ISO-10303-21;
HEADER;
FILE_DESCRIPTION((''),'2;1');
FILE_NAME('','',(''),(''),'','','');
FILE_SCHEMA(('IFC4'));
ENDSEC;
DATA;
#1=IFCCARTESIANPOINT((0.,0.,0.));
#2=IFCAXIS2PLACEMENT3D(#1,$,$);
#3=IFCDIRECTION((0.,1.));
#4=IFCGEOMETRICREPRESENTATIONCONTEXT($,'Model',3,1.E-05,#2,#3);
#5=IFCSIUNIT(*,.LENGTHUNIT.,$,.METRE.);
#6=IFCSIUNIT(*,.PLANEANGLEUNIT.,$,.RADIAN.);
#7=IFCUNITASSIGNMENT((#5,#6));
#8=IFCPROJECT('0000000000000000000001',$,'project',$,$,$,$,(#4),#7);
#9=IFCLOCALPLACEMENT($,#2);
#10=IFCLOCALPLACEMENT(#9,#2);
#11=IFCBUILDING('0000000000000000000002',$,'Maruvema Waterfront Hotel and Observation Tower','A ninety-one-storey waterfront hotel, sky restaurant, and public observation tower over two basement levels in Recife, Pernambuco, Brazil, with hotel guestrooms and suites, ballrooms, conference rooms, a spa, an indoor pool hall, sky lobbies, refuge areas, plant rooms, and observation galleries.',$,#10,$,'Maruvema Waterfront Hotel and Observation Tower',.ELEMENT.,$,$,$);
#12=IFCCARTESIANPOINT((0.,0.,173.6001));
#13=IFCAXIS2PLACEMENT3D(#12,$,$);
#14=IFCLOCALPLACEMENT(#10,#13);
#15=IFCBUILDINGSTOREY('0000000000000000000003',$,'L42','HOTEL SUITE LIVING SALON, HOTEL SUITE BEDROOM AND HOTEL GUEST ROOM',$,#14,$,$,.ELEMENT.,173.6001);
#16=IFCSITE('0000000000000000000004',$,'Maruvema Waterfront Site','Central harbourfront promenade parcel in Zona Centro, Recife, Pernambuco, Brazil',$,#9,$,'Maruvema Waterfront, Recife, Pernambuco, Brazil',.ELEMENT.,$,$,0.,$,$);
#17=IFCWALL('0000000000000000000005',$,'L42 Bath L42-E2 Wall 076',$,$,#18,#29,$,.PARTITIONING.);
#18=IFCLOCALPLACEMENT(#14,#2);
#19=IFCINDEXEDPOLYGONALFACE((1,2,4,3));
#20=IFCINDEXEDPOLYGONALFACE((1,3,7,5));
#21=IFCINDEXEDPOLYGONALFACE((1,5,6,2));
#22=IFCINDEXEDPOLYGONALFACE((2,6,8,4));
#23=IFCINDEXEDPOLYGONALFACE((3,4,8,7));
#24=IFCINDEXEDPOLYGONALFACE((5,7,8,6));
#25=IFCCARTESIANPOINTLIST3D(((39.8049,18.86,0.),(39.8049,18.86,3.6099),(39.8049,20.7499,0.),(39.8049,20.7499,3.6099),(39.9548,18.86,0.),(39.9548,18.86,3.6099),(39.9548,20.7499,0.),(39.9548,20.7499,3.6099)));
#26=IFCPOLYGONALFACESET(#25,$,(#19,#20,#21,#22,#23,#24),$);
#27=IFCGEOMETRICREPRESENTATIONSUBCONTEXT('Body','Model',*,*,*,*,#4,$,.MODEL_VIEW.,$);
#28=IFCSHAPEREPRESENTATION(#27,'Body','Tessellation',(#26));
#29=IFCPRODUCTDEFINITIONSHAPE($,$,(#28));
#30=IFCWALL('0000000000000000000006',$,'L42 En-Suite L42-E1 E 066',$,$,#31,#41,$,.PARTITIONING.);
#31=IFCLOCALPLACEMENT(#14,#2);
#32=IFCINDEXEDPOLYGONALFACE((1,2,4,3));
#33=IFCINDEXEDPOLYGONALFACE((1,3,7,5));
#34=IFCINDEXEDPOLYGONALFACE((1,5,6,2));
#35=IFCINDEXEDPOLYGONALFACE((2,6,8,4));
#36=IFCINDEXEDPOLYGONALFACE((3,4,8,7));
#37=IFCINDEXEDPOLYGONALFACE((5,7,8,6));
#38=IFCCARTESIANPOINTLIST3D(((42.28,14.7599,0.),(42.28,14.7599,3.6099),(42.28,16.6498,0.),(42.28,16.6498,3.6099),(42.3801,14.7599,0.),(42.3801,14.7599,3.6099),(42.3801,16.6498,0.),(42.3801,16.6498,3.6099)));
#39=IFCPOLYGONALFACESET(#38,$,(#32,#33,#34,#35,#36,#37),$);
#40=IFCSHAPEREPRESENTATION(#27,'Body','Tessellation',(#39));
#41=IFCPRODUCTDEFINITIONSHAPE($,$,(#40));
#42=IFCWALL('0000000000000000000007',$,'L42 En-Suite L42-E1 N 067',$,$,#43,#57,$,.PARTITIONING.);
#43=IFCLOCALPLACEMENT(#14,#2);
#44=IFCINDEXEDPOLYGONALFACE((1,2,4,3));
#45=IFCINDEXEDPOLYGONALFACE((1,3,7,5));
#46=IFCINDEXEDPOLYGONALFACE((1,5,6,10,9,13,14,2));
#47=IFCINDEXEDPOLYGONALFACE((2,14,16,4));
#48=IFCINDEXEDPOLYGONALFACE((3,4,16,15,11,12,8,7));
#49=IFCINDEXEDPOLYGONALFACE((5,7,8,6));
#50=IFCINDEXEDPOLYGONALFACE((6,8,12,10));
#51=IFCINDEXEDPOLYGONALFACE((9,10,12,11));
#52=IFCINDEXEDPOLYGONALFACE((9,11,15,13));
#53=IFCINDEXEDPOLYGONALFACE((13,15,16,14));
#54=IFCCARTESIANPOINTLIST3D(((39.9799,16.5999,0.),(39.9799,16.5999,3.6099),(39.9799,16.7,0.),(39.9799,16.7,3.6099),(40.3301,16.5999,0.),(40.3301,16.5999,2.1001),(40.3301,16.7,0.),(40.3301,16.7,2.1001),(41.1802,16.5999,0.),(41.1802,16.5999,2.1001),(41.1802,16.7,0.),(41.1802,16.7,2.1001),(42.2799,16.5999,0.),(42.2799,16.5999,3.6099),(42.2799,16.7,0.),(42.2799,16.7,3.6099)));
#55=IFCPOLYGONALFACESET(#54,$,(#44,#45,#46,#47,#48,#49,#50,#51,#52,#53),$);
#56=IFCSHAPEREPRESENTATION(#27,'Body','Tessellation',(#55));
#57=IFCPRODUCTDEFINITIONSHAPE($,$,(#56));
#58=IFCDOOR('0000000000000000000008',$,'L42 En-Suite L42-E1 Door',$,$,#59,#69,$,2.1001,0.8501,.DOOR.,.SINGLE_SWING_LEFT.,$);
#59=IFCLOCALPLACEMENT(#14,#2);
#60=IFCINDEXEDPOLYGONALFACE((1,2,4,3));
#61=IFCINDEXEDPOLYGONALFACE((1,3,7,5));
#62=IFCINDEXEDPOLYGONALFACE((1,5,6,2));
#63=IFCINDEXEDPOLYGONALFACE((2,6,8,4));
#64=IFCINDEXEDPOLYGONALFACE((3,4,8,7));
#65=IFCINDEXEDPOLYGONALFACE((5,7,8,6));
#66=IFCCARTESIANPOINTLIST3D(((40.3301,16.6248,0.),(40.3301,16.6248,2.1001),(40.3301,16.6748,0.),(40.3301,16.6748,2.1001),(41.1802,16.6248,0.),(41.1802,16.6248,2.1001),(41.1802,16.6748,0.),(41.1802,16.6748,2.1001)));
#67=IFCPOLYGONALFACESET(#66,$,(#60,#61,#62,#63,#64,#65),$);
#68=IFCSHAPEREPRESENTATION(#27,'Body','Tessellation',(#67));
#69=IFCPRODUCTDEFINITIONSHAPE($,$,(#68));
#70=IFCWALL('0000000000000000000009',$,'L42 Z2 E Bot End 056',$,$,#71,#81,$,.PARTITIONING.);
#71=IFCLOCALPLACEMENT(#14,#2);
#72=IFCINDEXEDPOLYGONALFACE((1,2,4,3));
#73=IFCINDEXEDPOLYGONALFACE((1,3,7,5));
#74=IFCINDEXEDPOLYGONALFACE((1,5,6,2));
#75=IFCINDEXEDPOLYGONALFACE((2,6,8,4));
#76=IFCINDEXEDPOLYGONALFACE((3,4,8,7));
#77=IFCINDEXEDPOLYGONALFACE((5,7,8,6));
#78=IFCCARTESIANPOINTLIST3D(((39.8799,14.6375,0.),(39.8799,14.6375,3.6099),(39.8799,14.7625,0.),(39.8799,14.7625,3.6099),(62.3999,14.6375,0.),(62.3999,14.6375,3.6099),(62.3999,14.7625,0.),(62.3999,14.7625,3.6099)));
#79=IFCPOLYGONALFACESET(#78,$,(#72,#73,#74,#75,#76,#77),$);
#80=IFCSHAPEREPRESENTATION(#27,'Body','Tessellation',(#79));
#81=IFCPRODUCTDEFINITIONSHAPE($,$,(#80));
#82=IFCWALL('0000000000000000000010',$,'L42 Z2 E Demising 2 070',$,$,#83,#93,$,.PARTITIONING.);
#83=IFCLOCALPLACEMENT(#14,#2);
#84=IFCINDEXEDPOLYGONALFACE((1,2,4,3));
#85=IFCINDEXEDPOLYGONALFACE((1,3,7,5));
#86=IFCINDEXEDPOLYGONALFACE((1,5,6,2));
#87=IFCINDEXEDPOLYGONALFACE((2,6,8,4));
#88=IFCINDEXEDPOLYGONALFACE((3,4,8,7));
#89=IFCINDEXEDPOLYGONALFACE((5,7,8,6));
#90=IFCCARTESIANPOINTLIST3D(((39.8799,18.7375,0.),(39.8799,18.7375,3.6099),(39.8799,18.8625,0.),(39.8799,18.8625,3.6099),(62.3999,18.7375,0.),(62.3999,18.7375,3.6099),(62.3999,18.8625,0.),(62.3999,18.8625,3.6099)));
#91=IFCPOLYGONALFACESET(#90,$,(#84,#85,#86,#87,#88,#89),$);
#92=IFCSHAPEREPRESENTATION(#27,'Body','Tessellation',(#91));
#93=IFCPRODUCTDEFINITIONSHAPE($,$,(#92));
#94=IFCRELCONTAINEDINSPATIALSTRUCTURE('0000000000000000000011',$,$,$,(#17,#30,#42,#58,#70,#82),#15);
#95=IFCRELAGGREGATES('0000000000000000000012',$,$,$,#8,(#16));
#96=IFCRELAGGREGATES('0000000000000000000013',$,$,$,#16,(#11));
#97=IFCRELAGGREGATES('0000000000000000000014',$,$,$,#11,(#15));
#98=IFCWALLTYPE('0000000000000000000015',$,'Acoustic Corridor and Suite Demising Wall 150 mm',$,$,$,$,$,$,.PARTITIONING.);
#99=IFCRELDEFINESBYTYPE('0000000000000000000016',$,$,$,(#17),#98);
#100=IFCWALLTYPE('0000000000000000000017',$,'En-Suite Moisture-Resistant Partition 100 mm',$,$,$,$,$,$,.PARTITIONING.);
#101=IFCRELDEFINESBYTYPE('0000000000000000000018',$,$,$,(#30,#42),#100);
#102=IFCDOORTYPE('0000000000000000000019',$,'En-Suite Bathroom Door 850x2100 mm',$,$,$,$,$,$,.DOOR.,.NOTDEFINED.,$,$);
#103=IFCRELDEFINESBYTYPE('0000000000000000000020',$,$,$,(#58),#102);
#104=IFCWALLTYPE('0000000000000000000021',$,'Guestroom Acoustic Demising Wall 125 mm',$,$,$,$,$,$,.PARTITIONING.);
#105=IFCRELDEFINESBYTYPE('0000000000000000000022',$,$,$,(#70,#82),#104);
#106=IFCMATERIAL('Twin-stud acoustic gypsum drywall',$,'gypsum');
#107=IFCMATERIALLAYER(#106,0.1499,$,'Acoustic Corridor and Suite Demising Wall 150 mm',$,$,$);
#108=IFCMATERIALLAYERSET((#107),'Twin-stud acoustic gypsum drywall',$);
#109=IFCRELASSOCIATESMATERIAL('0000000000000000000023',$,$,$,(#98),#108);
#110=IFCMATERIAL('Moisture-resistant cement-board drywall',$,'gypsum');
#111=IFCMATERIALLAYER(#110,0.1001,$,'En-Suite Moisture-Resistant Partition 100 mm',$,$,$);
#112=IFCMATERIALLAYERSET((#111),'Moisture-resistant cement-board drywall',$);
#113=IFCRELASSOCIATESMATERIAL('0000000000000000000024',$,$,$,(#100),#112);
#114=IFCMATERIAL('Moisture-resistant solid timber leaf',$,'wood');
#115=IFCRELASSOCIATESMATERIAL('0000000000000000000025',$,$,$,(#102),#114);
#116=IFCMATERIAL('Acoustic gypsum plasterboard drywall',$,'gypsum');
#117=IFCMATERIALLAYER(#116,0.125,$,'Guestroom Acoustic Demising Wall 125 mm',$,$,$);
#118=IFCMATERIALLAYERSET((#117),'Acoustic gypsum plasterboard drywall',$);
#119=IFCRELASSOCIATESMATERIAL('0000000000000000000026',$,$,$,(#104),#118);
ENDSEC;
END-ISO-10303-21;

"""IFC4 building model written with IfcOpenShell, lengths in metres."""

from ifc_helpers import new_model, si_unit, direction, frame, frame_2d, origin, place, context, subcontext, project, spatial, rectangle, extrude, material, layer, layer_set, type_object, element, fill, save


model = new_model("IFC4")

# Units and contexts
model_context = context("Model", 3, precision=1e-05, world=origin(), true_north=direction((0.0, 1.0)))
body_context = subcontext(model_context, "Body", "Model", "MODEL_VIEW")
ifc_project = project(units=[si_unit("LENGTHUNIT", "METRE"), si_unit("PLANEANGLEUNIT", "RADIAN")], contexts=[model_context])

# Site, building, storey
site_placement = place(None, origin())
site = spatial("IfcSite", under=ifc_project, at=site_placement, Name="Maruvema Waterfront Site", Description="Central harbourfront promenade parcel in Zona Centro, Recife, Pernambuco, Brazil", LongName="Maruvema Waterfront, Recife, Pernambuco, Brazil", CompositionType="ELEMENT", RefElevation=0.0)
building_placement = place(site_placement, origin())
building = spatial("IfcBuilding", under=site, at=building_placement, Name="Maruvema Waterfront Hotel and Observation Tower", Description="A ninety-one-storey waterfront hotel, sky restaurant, and public observation tower over two basement levels in Recife, Pernambuco, Brazil, with hotel guestrooms and suites, ballrooms, conference rooms, a spa, an indoor pool hall, sky lobbies, refuge areas, plant rooms, and observation galleries.", LongName="Maruvema Waterfront Hotel and Observation Tower", CompositionType="ELEMENT")
storey_placement = place(building_placement, frame((0.0, 0.0, 173.6001)))
storey = spatial("IfcBuildingStorey", under=building, at=storey_placement, Name="L42", Description="HOTEL SUITE LIVING SALON, HOTEL SUITE BEDROOM AND HOTEL GUEST ROOM", CompositionType="ELEMENT", Elevation=173.6001)

# Shared definitions
ifc_material_1 = material(Name="Twin-stud acoustic gypsum drywall", Category="gypsum")
ifc_layer_1 = layer(ifc_material_1, 0.1499, Name="Acoustic Corridor and Suite Demising Wall 150 mm")
ifc_layer_set_1 = layer_set([ifc_layer_1], Name="Twin-stud acoustic gypsum drywall")
wall_type_1 = type_object("IfcWallType", Name="Acoustic Corridor and Suite Demising Wall 150 mm", PredefinedType="PARTITIONING", material=ifc_layer_set_1)

# Walls
wall_1_placement = place(storey_placement, frame((39.8799, 18.8601, 0.0), z_axis=(0.0, 0.0, 1.0), x_axis=(0.0, 1.0, 0.0)))
element("IfcWall", 1, at=wall_1_placement, inside=storey, type_object=wall_type_1, Name="L42 Bath L42-E2 Wall 076", PredefinedType="PARTITIONING", context=body_context, shape_type="SweptSolid", body=[
    extrude(rectangle(XDim=1.8899, YDim=0.1499, at=frame_2d((0.9448, 0.0))), origin(), (0.0, 0.0, 1.0), 3.6099),
])
ifc_material_2 = material(Name="Moisture-resistant cement-board drywall", Category="gypsum")
ifc_layer_2 = layer(ifc_material_2, 0.1001, Name="En-Suite Moisture-Resistant Partition 100 mm")
ifc_layer_set_2 = layer_set([ifc_layer_2], Name="Moisture-resistant cement-board drywall")
wall_type_2 = type_object("IfcWallType", Name="En-Suite Moisture-Resistant Partition 100 mm", PredefinedType="PARTITIONING", material=ifc_layer_set_2)
wall_2_placement = place(storey_placement, frame((42.3301, 14.76, 0.0), z_axis=(0.0, 0.0, 1.0), x_axis=(0.0, 1.0, 0.0)))
element("IfcWall", 2, at=wall_2_placement, inside=storey, type_object=wall_type_2, Name="L42 En-Suite L42-E1 E 066", PredefinedType="PARTITIONING", context=body_context, shape_type="SweptSolid", body=[
    extrude(rectangle(XDim=1.8899, YDim=0.1001, at=frame_2d((0.9448, 0.0))), origin(), (0.0, 0.0, 1.0), 3.6099),
])

# Wall, opening, door
wall_3_placement = place(storey_placement, frame((39.98, 16.6499, 0.0), z_axis=(0.0, 0.0, 1.0), x_axis=(1.0, 0.0, 0.0)))
wall_3 = element("IfcWall", 3, at=wall_3_placement, inside=storey, type_object=wall_type_2, Name="L42 En-Suite L42-E1 N 067", PredefinedType="PARTITIONING", context=body_context, shape_type="SweptSolid", body=[
    extrude(rectangle(XDim=2.3, YDim=0.1001, at=frame_2d((1.1499, 0.0))), origin(), (0.0, 0.0, 1.0), 3.6099),
])
opening_1_placement = place(wall_3_placement, frame((0.3501, 0.0, 0.0)))
opening_1 = element("IfcOpeningElement", 4, at=opening_1_placement, cuts=wall_3, PredefinedType="OPENING", context=body_context, shape_type="SweptSolid", body=[
    extrude(rectangle(XDim=0.8501, YDim=2.1001, at=frame_2d((0.425, 1.05))), frame((0.0, 0.0601, 0.0), z_axis=(0.0, -1.0, 0.0), x_axis=(1.0, 0.0, 0.0)), (0.0, 0.0, 1.0), 0.1201),
])
ifc_material_3 = material(Name="Moisture-resistant solid timber leaf", Category="wood")
door_type_1 = type_object("IfcDoorType", Name="En-Suite Bathroom Door 850x2100 mm", OperationType="NOTDEFINED", PredefinedType="DOOR", material=ifc_material_3)
door_1_placement = place(opening_1_placement, origin())
door_1 = element("IfcDoor", 5, at=door_1_placement, inside=storey, type_object=door_type_1, Name="L42 En-Suite L42-E1 Door", OperationType="SINGLE_SWING_LEFT", OverallHeight=2.1001, OverallWidth=0.8501, PredefinedType="DOOR", context=body_context, shape_type="SweptSolid", body=[
    extrude(rectangle(XDim=0.8501, YDim=2.1001, at=frame_2d((0.425, 1.05))), frame((0.0, 0.0249, 0.0), z_axis=(0.0, -1.0, 0.0), x_axis=(1.0, 0.0, 0.0)), (0.0, 0.0, 1.0), 0.05),
])
fill(opening_1, door_1)

# Walls
ifc_material_4 = material(Name="Acoustic gypsum plasterboard drywall", Category="gypsum")
ifc_layer_3 = layer(ifc_material_4, 0.125, Name="Guestroom Acoustic Demising Wall 125 mm")
ifc_layer_set_3 = layer_set([ifc_layer_3], Name="Acoustic gypsum plasterboard drywall")
wall_type_3 = type_object("IfcWallType", Name="Guestroom Acoustic Demising Wall 125 mm", PredefinedType="PARTITIONING", material=ifc_layer_set_3)
for number, where, z_axis, x_axis, name in (
    (6, (39.8799, 14.7, 0.0), (0.0, 0.0, 1.0), (1.0, 0.0, 0.0), "L42 Z2 E Bot End 056"),
    (7, (39.8799, 18.8, 0.0), (0.0, 0.0, 1.0), (1.0, 0.0, 0.0), "L42 Z2 E Demising 2 070"),
):
    element("IfcWall", number, at=place(storey_placement, frame(where, z_axis=z_axis, x_axis=x_axis)), inside=storey, type_object=wall_type_3, Name=name, PredefinedType="PARTITIONING", context=body_context, shape_type="SweptSolid", body=[
        extrude(rectangle(XDim=22.52, YDim=0.125, at=frame_2d((11.26, 0.0))), origin(), (0.0, 0.0, 1.0), 3.6099),
    ])

save(model, "model.ifc")
